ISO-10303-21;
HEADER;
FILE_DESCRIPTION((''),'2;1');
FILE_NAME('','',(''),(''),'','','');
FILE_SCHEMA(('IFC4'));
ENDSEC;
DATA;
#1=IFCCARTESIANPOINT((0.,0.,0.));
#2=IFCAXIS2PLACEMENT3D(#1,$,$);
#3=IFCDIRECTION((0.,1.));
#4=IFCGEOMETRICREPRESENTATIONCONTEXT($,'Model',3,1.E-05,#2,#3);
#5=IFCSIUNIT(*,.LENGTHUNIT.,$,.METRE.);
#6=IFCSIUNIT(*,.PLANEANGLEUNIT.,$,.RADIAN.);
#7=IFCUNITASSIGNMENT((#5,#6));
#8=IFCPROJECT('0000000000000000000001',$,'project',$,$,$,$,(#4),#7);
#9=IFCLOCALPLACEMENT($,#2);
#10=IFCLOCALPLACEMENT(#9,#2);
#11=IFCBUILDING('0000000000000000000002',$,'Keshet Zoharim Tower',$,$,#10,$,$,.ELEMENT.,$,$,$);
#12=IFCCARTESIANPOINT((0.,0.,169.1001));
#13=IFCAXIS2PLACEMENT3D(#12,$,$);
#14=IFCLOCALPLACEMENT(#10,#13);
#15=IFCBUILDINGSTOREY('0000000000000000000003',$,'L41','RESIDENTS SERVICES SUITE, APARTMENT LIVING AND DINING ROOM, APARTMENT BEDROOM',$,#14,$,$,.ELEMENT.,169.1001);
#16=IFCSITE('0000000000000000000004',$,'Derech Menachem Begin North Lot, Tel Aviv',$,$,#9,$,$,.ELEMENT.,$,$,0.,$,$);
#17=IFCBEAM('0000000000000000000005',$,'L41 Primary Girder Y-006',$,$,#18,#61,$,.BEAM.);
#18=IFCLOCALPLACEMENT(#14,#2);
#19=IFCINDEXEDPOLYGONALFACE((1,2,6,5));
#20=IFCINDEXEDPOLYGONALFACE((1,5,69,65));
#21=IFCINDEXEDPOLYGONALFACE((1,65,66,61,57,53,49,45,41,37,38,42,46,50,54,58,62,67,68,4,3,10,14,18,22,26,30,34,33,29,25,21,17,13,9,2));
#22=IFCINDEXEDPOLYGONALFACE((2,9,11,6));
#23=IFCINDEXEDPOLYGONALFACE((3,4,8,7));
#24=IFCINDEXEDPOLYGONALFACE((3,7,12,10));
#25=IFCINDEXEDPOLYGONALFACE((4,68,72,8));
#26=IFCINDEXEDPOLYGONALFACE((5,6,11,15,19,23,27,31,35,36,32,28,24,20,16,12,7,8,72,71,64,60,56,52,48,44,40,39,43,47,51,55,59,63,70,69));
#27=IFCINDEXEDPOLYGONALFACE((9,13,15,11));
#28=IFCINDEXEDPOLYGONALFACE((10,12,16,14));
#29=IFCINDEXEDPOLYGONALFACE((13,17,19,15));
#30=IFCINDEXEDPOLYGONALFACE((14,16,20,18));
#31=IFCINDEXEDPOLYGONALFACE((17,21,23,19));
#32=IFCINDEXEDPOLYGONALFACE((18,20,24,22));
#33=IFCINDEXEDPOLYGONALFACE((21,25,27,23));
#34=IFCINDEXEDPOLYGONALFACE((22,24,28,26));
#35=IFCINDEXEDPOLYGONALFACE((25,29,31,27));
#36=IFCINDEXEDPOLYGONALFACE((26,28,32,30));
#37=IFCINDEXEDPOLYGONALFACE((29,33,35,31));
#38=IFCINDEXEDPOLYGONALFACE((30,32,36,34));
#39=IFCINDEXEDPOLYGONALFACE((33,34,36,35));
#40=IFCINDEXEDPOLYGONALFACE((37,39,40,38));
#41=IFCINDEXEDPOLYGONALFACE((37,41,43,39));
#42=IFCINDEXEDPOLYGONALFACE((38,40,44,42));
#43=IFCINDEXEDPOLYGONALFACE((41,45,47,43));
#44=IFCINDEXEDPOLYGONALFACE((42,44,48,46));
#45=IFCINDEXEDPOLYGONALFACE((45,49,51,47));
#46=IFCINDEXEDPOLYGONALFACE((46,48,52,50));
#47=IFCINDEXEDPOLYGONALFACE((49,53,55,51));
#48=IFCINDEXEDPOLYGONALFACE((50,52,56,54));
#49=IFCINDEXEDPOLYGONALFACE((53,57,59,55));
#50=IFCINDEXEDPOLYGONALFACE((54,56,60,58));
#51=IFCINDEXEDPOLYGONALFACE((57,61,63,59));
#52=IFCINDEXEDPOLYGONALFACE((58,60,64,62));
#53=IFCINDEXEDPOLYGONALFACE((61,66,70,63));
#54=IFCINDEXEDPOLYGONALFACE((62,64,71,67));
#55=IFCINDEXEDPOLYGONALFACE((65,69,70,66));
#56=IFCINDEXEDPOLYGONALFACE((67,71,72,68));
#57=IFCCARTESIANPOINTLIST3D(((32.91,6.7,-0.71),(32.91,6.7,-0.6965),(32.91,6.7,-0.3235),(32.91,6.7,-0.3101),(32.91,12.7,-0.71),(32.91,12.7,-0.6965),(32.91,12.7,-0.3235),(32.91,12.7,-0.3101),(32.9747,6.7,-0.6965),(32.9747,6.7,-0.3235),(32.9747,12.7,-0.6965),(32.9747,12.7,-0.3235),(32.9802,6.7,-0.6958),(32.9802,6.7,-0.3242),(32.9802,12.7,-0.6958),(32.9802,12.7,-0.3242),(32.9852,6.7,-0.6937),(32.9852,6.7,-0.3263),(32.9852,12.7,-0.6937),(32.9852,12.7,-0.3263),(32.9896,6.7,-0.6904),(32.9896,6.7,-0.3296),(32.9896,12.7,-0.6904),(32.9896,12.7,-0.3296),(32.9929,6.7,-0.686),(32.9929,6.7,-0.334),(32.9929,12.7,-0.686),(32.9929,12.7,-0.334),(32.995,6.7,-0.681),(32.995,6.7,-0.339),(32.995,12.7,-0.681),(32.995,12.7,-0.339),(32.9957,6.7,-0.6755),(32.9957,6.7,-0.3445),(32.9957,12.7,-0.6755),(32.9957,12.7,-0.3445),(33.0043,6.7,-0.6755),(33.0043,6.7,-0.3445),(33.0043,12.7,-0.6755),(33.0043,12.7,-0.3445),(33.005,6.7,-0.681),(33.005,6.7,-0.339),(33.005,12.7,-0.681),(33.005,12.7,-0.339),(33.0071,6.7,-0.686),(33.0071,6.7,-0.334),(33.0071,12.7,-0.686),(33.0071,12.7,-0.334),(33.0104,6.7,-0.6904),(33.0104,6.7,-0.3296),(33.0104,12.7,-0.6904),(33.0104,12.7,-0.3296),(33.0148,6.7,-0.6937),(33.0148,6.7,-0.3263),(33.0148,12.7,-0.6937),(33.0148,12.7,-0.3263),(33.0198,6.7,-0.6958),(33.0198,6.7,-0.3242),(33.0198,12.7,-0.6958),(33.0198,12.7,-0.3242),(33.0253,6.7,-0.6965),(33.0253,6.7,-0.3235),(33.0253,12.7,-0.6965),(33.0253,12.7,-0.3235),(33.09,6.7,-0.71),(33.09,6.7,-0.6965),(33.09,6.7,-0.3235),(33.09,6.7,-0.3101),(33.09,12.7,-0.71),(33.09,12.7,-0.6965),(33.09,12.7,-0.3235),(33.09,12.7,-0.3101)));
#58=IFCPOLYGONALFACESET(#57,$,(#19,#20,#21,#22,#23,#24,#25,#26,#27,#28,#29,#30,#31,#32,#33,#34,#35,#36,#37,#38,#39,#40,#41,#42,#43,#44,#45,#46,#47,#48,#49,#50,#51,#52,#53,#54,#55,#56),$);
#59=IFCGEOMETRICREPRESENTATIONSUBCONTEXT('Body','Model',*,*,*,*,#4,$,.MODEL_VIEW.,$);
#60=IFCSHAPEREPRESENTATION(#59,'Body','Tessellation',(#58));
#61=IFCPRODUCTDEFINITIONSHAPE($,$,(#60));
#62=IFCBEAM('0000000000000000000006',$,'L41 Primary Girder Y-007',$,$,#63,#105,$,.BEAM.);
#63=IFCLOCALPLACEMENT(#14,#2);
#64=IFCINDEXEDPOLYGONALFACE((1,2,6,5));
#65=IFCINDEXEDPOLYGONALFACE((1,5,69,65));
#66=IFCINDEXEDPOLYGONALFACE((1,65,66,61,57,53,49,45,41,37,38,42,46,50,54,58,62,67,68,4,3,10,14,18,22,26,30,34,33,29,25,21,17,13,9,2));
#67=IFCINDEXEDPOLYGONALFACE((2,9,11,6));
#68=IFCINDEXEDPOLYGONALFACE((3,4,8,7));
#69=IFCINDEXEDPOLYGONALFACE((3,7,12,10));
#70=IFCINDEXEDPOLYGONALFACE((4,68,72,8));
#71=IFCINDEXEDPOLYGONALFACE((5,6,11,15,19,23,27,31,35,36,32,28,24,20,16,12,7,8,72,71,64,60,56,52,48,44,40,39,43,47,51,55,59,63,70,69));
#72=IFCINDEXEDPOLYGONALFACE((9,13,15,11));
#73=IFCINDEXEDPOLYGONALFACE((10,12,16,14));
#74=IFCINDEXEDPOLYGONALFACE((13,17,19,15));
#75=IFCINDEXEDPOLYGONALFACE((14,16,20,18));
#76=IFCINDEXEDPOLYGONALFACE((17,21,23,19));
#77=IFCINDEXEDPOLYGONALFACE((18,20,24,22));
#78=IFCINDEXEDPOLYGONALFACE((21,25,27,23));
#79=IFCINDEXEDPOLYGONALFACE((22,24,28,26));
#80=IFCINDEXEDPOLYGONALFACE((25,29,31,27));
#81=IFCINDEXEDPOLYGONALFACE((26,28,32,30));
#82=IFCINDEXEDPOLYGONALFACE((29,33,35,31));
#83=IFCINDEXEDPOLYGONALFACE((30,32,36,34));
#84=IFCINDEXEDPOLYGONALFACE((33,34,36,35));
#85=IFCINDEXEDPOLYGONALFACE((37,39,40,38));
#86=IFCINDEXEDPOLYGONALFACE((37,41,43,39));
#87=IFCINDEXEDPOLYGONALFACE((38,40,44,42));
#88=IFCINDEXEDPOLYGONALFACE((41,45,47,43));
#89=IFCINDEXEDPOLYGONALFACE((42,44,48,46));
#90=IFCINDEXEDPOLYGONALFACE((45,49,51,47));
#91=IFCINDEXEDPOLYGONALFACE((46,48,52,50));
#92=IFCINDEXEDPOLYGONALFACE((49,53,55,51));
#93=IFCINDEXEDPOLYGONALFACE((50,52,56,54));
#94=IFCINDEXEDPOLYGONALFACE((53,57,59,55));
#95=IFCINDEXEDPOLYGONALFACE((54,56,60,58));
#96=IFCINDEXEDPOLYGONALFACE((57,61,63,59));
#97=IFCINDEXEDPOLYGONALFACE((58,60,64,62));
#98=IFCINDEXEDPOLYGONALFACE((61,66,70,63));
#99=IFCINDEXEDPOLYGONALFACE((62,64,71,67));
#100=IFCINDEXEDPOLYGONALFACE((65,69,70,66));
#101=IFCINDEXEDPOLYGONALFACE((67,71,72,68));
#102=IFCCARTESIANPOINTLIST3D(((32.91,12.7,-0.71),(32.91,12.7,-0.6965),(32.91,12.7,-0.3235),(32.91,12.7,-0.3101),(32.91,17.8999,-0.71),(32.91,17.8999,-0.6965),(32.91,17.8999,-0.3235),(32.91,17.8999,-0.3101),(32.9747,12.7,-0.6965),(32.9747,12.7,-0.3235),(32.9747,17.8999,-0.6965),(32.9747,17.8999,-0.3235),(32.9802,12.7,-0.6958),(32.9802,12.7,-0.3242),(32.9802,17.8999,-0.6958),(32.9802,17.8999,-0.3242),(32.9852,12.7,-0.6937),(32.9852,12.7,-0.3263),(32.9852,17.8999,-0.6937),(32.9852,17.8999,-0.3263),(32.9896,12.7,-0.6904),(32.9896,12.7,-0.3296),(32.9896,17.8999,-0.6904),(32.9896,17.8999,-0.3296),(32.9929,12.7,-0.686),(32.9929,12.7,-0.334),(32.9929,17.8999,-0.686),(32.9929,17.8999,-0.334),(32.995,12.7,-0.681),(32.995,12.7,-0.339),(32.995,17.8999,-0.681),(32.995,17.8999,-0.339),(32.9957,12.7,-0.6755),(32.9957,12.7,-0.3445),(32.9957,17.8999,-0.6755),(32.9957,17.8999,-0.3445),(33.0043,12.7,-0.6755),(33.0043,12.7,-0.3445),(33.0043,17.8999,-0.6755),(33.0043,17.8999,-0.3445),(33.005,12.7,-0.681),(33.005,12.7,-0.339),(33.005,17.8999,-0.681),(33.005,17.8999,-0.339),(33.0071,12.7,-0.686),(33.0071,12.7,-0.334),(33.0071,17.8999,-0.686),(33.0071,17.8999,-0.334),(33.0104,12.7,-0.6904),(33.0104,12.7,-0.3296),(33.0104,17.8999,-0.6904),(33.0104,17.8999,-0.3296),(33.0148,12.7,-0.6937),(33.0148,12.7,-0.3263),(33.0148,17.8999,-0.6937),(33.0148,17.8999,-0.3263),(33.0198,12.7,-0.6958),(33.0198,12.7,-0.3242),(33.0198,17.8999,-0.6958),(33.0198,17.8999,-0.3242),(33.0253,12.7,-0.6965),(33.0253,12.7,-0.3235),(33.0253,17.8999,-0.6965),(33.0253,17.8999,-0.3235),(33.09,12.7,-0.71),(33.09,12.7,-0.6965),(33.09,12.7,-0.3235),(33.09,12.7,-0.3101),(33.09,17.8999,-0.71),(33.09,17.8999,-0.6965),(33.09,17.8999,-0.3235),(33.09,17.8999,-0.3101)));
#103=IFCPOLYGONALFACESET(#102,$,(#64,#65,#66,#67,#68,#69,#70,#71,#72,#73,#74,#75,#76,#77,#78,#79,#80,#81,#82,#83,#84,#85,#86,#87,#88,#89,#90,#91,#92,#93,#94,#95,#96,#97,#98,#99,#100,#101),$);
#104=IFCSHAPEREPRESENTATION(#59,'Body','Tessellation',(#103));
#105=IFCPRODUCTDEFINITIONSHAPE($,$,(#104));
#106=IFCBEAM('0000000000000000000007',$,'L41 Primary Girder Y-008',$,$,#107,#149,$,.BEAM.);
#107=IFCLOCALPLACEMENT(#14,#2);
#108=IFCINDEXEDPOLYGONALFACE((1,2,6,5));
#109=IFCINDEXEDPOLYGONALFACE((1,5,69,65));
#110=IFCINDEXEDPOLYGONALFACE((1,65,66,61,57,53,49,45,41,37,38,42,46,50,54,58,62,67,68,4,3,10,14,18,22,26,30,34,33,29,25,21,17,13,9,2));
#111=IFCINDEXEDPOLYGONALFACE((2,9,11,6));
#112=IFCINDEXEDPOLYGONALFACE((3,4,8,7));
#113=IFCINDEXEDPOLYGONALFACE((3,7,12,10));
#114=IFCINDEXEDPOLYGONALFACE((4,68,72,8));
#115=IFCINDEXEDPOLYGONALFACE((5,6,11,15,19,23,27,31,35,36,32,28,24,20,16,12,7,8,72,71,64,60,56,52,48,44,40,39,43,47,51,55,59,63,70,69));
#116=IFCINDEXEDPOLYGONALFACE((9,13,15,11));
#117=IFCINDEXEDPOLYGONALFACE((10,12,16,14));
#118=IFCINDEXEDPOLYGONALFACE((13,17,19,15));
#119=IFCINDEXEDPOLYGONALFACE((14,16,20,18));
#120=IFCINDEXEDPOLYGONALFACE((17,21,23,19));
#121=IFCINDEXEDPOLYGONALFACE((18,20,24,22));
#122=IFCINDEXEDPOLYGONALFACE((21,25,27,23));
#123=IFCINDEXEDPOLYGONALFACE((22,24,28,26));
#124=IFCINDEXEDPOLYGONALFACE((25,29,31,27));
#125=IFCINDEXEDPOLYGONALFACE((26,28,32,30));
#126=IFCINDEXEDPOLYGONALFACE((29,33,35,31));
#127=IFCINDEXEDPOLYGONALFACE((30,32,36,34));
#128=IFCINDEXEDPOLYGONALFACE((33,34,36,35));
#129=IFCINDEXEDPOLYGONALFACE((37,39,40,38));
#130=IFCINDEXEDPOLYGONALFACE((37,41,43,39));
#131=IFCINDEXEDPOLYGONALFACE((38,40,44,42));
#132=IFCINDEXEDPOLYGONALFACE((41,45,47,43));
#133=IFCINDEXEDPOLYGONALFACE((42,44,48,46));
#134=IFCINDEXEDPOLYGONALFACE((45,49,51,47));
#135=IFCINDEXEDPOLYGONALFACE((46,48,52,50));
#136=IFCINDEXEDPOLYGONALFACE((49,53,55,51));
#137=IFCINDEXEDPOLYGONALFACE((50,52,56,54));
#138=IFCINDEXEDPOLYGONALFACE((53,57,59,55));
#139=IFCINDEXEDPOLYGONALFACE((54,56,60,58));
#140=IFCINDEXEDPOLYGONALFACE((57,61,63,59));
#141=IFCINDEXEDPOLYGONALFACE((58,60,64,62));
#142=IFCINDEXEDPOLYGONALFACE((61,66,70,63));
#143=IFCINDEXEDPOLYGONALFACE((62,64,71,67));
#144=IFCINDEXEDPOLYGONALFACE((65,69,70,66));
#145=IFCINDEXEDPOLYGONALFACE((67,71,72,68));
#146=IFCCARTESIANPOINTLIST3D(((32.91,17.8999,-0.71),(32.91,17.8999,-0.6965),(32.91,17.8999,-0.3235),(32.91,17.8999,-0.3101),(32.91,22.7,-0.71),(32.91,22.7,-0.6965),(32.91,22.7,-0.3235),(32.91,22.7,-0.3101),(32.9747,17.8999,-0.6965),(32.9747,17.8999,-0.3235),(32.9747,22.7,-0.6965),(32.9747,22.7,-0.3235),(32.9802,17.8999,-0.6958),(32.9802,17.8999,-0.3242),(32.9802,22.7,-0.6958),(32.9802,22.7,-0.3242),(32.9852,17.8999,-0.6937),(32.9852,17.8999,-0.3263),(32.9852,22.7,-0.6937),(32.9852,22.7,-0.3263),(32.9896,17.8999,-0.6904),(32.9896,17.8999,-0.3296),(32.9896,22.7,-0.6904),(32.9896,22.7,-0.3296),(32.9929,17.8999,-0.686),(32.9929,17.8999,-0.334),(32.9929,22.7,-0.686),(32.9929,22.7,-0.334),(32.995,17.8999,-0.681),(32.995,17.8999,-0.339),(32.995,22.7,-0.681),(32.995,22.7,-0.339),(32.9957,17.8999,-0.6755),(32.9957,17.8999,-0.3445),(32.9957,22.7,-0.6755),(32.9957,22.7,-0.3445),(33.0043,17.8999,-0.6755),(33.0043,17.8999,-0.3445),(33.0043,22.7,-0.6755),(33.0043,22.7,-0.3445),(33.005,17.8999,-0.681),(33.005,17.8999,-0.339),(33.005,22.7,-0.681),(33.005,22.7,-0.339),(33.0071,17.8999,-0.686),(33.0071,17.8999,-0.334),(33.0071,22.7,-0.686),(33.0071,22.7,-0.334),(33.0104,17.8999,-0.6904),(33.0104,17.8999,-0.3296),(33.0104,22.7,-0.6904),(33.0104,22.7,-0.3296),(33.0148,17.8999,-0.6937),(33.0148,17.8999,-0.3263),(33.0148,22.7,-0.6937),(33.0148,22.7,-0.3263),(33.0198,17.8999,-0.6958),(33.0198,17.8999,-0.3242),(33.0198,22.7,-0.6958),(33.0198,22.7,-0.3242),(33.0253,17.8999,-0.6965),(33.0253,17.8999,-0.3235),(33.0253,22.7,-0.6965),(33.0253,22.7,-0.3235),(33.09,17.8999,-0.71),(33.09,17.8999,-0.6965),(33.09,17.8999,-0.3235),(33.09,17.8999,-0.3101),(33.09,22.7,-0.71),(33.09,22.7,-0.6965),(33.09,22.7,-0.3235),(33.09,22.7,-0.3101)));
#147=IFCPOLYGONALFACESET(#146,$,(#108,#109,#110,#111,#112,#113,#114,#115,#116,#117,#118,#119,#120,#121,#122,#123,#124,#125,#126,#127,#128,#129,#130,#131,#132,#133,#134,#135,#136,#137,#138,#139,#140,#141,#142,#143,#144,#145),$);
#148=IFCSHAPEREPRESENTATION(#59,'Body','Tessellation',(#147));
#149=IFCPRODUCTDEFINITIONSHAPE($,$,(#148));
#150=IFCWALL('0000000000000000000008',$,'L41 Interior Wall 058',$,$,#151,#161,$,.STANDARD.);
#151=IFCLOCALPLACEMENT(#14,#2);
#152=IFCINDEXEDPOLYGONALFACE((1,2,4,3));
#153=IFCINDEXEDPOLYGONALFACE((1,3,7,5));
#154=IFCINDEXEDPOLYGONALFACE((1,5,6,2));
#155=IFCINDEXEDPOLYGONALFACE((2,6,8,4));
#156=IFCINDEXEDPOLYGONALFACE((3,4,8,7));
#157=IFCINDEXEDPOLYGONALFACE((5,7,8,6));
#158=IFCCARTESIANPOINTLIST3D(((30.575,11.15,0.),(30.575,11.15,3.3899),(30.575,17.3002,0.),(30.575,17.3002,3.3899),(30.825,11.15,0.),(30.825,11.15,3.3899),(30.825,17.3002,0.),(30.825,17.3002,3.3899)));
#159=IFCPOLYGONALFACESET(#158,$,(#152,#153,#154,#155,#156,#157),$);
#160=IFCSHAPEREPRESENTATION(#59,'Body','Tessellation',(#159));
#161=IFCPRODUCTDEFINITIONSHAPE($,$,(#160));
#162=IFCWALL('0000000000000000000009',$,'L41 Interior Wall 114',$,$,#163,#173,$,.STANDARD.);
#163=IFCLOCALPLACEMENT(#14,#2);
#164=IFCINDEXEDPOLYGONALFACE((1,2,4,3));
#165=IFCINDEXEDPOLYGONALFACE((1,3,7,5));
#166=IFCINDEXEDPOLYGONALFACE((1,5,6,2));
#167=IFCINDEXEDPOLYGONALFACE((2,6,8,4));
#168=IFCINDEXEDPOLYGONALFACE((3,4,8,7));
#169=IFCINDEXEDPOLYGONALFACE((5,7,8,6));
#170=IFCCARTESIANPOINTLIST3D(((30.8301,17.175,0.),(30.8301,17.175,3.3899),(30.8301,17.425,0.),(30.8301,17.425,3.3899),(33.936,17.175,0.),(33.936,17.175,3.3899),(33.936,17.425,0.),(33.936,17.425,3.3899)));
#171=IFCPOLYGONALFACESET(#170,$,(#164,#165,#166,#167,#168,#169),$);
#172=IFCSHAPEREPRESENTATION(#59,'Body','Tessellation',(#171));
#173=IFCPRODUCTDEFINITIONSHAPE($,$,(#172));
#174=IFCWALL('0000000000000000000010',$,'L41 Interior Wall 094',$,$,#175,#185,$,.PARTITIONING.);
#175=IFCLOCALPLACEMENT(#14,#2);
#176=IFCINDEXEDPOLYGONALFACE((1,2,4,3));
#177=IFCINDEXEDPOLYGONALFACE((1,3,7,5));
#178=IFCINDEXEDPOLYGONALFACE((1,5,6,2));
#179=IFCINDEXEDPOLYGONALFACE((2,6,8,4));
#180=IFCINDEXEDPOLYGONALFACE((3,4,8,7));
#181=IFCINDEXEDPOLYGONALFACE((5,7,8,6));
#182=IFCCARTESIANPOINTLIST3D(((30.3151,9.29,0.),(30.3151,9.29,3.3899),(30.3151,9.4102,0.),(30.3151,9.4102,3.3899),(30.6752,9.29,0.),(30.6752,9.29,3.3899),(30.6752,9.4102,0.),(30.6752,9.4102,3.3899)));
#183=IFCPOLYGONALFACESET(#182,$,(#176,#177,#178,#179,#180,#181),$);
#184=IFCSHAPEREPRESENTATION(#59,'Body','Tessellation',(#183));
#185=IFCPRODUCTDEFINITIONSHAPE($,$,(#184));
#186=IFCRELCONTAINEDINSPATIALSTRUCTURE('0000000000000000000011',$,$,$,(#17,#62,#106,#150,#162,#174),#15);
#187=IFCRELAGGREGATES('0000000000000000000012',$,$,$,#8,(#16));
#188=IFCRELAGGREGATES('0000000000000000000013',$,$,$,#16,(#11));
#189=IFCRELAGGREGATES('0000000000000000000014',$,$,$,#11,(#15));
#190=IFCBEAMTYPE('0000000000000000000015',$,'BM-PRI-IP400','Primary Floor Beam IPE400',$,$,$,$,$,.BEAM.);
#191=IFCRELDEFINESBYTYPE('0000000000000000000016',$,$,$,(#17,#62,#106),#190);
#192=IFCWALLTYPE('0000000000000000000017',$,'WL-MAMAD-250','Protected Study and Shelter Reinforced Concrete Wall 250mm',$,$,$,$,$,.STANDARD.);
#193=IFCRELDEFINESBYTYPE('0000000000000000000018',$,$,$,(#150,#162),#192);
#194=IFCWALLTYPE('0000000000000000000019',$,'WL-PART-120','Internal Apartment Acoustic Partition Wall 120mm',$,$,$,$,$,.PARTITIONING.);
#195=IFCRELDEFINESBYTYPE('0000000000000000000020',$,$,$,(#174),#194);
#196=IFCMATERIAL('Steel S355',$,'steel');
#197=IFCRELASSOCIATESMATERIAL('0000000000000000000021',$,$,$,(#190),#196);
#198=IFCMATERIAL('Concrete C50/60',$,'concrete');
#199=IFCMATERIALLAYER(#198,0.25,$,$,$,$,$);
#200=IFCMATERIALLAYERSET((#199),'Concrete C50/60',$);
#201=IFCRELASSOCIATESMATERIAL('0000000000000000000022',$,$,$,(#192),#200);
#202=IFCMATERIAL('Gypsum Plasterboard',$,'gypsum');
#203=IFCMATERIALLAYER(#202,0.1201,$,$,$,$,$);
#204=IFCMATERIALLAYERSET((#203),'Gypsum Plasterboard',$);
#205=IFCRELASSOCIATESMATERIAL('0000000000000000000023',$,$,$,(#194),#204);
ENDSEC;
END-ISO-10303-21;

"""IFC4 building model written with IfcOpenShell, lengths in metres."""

from ifc_helpers import new_model, si_unit, direction, frame, frame_2d, origin, origin_2d, place, context, subcontext, project, spatial, rectangle, i_section, extrude, material, layer, layer_set, material_profile, profile_set, type_object, element, save


model = new_model("IFC4")

# Units and contexts
model_context = context("Model", 3, precision=1e-05, world=origin(), true_north=direction((0.0, 1.0)))
body_context = subcontext(model_context, "Body", "Model", "MODEL_VIEW")
ifc_project = project(units=[si_unit("LENGTHUNIT", "METRE"), si_unit("PLANEANGLEUNIT", "RADIAN")], contexts=[model_context])

# Site, building, storey
site_placement = place(None, origin())
site = spatial("IfcSite", under=ifc_project, at=site_placement, Name="Derech Menachem Begin North Lot, Tel Aviv", CompositionType="ELEMENT", RefElevation=0.0)
building_placement = place(site_placement, origin())
building = spatial("IfcBuilding", under=site, at=building_placement, Name="Keshet Zoharim Tower", CompositionType="ELEMENT")
storey_placement = place(building_placement, frame((0.0, 0.0, 169.1001)))
storey = spatial("IfcBuildingStorey", under=building, at=storey_placement, Name="L41", Description="RESIDENTS SERVICES SUITE, APARTMENT LIVING AND DINING ROOM, APARTMENT BEDROOM", CompositionType="ELEMENT", Elevation=169.1001)

# Beams
ifc_material_1 = material(Name="Steel S355", Category="steel")
ifc_material_profile_1 = material_profile(ifc_material_1, i_section(OverallWidth=0.1799, OverallDepth=0.3999, WebThickness=0.0085, FlangeThickness=0.0134, FilletRadius=0.021, at=origin_2d()), Name="IPE400")
ifc_profile_set_1 = profile_set([ifc_material_profile_1], Name="Steel S355")
beam_type_1 = type_object("IfcBeamType", Name="BM-PRI-IP400", Description="Primary Floor Beam IPE400", PredefinedType="BEAM", material=ifc_profile_set_1)
beam_1_placement = place(storey_placement, frame((33.0, 6.7, -0.51), z_axis=(0.0, 1.0, 0.0), x_axis=(-1.0, 0.0, 0.0)))
element("IfcBeam", 1, at=beam_1_placement, inside=storey, type_object=beam_type_1, Name="L41 Primary Girder Y-006", PredefinedType="BEAM", context=body_context, shape_type="SweptSolid", body=[
    extrude(i_section(OverallWidth=0.1799, OverallDepth=0.3999, WebThickness=0.0085, FlangeThickness=0.0134, FilletRadius=0.021, at=origin_2d()), origin(), (0.0, 0.0, 1.0), 6.0),
])
beam_2_placement = place(storey_placement, frame((33.0, 12.7, -0.51), z_axis=(0.0, 1.0, 0.0), x_axis=(-1.0, 0.0, 0.0)))
element("IfcBeam", 2, at=beam_2_placement, inside=storey, type_object=beam_type_1, Name="L41 Primary Girder Y-007", PredefinedType="BEAM", context=body_context, shape_type="SweptSolid", body=[
    extrude(i_section(OverallWidth=0.1799, OverallDepth=0.3999, WebThickness=0.0085, FlangeThickness=0.0134, FilletRadius=0.021, at=origin_2d()), origin(), (0.0, 0.0, 1.0), 5.2),
])
beam_3_placement = place(storey_placement, frame((33.0, 17.8999, -0.51), z_axis=(0.0, 1.0, 0.0), x_axis=(-1.0, 0.0, 0.0)))
element("IfcBeam", 3, at=beam_3_placement, inside=storey, type_object=beam_type_1, Name="L41 Primary Girder Y-008", PredefinedType="BEAM", context=body_context, shape_type="SweptSolid", body=[
    extrude(i_section(OverallWidth=0.1799, OverallDepth=0.3999, WebThickness=0.0085, FlangeThickness=0.0134, FilletRadius=0.021, at=origin_2d()), origin(), (0.0, 0.0, 1.0), 4.8),
])

# Wall
ifc_material_2 = material(Name="Concrete C50/60", Category="concrete")
ifc_layer_1 = layer(ifc_material_2, 0.25)
ifc_layer_set_1 = layer_set([ifc_layer_1], Name="Concrete C50/60")
wall_type_1 = type_object("IfcWallType", Name="WL-MAMAD-250", Description="Protected Study and Shelter Reinforced Concrete Wall 250mm", PredefinedType="STANDARD", material=ifc_layer_set_1)
wall_1_placement = place(storey_placement, frame((30.7, 11.1499, 0.0), z_axis=(0.0, 0.0, 1.0), x_axis=(0.0, 1.0, 0.0)))
element("IfcWall", 4, at=wall_1_placement, inside=storey, type_object=wall_type_1, Name="L41 Interior Wall 058", PredefinedType="STANDARD", context=body_context, shape_type="SweptSolid", body=[
    extrude(rectangle(XDim=6.1501, YDim=0.25, at=frame_2d((3.0752, 0.0))), origin(), (0.0, 0.0, 1.0), 3.3899),
])

# Walls
wall_2_placement = place(storey_placement, frame((30.8301, 17.3, 0.0), z_axis=(0.0, 0.0, 1.0), x_axis=(1.0, 0.0, 0.0)))
element("IfcWall", 5, at=wall_2_placement, inside=storey, type_object=wall_type_1, Name="L41 Interior Wall 114", PredefinedType="STANDARD", context=body_context, shape_type="SweptSolid", body=[
    extrude(rectangle(XDim=3.106, YDim=0.25, at=frame_2d((1.553, 0.0))), origin(), (0.0, 0.0, 1.0), 3.3899),
])
ifc_material_3 = material(Name="Gypsum Plasterboard", Category="gypsum")
ifc_layer_2 = layer(ifc_material_3, 0.1201)
ifc_layer_set_2 = layer_set([ifc_layer_2], Name="Gypsum Plasterboard")
wall_type_2 = type_object("IfcWallType", Name="WL-PART-120", Description="Internal Apartment Acoustic Partition Wall 120mm", PredefinedType="PARTITIONING", material=ifc_layer_set_2)
wall_3_placement = place(storey_placement, frame((30.3149, 9.3501, 0.0), z_axis=(0.0, 0.0, 1.0), x_axis=(1.0, 0.0, 0.0)))
element("IfcWall", 6, at=wall_3_placement, inside=storey, type_object=wall_type_2, Name="L41 Interior Wall 094", PredefinedType="PARTITIONING", context=body_context, shape_type="SweptSolid", body=[
    extrude(rectangle(XDim=0.3601, YDim=0.1201, at=frame_2d((0.1802, 0.0))), origin(), (0.0, 0.0, 1.0), 3.3899),
])

save(model, "model.ifc")
